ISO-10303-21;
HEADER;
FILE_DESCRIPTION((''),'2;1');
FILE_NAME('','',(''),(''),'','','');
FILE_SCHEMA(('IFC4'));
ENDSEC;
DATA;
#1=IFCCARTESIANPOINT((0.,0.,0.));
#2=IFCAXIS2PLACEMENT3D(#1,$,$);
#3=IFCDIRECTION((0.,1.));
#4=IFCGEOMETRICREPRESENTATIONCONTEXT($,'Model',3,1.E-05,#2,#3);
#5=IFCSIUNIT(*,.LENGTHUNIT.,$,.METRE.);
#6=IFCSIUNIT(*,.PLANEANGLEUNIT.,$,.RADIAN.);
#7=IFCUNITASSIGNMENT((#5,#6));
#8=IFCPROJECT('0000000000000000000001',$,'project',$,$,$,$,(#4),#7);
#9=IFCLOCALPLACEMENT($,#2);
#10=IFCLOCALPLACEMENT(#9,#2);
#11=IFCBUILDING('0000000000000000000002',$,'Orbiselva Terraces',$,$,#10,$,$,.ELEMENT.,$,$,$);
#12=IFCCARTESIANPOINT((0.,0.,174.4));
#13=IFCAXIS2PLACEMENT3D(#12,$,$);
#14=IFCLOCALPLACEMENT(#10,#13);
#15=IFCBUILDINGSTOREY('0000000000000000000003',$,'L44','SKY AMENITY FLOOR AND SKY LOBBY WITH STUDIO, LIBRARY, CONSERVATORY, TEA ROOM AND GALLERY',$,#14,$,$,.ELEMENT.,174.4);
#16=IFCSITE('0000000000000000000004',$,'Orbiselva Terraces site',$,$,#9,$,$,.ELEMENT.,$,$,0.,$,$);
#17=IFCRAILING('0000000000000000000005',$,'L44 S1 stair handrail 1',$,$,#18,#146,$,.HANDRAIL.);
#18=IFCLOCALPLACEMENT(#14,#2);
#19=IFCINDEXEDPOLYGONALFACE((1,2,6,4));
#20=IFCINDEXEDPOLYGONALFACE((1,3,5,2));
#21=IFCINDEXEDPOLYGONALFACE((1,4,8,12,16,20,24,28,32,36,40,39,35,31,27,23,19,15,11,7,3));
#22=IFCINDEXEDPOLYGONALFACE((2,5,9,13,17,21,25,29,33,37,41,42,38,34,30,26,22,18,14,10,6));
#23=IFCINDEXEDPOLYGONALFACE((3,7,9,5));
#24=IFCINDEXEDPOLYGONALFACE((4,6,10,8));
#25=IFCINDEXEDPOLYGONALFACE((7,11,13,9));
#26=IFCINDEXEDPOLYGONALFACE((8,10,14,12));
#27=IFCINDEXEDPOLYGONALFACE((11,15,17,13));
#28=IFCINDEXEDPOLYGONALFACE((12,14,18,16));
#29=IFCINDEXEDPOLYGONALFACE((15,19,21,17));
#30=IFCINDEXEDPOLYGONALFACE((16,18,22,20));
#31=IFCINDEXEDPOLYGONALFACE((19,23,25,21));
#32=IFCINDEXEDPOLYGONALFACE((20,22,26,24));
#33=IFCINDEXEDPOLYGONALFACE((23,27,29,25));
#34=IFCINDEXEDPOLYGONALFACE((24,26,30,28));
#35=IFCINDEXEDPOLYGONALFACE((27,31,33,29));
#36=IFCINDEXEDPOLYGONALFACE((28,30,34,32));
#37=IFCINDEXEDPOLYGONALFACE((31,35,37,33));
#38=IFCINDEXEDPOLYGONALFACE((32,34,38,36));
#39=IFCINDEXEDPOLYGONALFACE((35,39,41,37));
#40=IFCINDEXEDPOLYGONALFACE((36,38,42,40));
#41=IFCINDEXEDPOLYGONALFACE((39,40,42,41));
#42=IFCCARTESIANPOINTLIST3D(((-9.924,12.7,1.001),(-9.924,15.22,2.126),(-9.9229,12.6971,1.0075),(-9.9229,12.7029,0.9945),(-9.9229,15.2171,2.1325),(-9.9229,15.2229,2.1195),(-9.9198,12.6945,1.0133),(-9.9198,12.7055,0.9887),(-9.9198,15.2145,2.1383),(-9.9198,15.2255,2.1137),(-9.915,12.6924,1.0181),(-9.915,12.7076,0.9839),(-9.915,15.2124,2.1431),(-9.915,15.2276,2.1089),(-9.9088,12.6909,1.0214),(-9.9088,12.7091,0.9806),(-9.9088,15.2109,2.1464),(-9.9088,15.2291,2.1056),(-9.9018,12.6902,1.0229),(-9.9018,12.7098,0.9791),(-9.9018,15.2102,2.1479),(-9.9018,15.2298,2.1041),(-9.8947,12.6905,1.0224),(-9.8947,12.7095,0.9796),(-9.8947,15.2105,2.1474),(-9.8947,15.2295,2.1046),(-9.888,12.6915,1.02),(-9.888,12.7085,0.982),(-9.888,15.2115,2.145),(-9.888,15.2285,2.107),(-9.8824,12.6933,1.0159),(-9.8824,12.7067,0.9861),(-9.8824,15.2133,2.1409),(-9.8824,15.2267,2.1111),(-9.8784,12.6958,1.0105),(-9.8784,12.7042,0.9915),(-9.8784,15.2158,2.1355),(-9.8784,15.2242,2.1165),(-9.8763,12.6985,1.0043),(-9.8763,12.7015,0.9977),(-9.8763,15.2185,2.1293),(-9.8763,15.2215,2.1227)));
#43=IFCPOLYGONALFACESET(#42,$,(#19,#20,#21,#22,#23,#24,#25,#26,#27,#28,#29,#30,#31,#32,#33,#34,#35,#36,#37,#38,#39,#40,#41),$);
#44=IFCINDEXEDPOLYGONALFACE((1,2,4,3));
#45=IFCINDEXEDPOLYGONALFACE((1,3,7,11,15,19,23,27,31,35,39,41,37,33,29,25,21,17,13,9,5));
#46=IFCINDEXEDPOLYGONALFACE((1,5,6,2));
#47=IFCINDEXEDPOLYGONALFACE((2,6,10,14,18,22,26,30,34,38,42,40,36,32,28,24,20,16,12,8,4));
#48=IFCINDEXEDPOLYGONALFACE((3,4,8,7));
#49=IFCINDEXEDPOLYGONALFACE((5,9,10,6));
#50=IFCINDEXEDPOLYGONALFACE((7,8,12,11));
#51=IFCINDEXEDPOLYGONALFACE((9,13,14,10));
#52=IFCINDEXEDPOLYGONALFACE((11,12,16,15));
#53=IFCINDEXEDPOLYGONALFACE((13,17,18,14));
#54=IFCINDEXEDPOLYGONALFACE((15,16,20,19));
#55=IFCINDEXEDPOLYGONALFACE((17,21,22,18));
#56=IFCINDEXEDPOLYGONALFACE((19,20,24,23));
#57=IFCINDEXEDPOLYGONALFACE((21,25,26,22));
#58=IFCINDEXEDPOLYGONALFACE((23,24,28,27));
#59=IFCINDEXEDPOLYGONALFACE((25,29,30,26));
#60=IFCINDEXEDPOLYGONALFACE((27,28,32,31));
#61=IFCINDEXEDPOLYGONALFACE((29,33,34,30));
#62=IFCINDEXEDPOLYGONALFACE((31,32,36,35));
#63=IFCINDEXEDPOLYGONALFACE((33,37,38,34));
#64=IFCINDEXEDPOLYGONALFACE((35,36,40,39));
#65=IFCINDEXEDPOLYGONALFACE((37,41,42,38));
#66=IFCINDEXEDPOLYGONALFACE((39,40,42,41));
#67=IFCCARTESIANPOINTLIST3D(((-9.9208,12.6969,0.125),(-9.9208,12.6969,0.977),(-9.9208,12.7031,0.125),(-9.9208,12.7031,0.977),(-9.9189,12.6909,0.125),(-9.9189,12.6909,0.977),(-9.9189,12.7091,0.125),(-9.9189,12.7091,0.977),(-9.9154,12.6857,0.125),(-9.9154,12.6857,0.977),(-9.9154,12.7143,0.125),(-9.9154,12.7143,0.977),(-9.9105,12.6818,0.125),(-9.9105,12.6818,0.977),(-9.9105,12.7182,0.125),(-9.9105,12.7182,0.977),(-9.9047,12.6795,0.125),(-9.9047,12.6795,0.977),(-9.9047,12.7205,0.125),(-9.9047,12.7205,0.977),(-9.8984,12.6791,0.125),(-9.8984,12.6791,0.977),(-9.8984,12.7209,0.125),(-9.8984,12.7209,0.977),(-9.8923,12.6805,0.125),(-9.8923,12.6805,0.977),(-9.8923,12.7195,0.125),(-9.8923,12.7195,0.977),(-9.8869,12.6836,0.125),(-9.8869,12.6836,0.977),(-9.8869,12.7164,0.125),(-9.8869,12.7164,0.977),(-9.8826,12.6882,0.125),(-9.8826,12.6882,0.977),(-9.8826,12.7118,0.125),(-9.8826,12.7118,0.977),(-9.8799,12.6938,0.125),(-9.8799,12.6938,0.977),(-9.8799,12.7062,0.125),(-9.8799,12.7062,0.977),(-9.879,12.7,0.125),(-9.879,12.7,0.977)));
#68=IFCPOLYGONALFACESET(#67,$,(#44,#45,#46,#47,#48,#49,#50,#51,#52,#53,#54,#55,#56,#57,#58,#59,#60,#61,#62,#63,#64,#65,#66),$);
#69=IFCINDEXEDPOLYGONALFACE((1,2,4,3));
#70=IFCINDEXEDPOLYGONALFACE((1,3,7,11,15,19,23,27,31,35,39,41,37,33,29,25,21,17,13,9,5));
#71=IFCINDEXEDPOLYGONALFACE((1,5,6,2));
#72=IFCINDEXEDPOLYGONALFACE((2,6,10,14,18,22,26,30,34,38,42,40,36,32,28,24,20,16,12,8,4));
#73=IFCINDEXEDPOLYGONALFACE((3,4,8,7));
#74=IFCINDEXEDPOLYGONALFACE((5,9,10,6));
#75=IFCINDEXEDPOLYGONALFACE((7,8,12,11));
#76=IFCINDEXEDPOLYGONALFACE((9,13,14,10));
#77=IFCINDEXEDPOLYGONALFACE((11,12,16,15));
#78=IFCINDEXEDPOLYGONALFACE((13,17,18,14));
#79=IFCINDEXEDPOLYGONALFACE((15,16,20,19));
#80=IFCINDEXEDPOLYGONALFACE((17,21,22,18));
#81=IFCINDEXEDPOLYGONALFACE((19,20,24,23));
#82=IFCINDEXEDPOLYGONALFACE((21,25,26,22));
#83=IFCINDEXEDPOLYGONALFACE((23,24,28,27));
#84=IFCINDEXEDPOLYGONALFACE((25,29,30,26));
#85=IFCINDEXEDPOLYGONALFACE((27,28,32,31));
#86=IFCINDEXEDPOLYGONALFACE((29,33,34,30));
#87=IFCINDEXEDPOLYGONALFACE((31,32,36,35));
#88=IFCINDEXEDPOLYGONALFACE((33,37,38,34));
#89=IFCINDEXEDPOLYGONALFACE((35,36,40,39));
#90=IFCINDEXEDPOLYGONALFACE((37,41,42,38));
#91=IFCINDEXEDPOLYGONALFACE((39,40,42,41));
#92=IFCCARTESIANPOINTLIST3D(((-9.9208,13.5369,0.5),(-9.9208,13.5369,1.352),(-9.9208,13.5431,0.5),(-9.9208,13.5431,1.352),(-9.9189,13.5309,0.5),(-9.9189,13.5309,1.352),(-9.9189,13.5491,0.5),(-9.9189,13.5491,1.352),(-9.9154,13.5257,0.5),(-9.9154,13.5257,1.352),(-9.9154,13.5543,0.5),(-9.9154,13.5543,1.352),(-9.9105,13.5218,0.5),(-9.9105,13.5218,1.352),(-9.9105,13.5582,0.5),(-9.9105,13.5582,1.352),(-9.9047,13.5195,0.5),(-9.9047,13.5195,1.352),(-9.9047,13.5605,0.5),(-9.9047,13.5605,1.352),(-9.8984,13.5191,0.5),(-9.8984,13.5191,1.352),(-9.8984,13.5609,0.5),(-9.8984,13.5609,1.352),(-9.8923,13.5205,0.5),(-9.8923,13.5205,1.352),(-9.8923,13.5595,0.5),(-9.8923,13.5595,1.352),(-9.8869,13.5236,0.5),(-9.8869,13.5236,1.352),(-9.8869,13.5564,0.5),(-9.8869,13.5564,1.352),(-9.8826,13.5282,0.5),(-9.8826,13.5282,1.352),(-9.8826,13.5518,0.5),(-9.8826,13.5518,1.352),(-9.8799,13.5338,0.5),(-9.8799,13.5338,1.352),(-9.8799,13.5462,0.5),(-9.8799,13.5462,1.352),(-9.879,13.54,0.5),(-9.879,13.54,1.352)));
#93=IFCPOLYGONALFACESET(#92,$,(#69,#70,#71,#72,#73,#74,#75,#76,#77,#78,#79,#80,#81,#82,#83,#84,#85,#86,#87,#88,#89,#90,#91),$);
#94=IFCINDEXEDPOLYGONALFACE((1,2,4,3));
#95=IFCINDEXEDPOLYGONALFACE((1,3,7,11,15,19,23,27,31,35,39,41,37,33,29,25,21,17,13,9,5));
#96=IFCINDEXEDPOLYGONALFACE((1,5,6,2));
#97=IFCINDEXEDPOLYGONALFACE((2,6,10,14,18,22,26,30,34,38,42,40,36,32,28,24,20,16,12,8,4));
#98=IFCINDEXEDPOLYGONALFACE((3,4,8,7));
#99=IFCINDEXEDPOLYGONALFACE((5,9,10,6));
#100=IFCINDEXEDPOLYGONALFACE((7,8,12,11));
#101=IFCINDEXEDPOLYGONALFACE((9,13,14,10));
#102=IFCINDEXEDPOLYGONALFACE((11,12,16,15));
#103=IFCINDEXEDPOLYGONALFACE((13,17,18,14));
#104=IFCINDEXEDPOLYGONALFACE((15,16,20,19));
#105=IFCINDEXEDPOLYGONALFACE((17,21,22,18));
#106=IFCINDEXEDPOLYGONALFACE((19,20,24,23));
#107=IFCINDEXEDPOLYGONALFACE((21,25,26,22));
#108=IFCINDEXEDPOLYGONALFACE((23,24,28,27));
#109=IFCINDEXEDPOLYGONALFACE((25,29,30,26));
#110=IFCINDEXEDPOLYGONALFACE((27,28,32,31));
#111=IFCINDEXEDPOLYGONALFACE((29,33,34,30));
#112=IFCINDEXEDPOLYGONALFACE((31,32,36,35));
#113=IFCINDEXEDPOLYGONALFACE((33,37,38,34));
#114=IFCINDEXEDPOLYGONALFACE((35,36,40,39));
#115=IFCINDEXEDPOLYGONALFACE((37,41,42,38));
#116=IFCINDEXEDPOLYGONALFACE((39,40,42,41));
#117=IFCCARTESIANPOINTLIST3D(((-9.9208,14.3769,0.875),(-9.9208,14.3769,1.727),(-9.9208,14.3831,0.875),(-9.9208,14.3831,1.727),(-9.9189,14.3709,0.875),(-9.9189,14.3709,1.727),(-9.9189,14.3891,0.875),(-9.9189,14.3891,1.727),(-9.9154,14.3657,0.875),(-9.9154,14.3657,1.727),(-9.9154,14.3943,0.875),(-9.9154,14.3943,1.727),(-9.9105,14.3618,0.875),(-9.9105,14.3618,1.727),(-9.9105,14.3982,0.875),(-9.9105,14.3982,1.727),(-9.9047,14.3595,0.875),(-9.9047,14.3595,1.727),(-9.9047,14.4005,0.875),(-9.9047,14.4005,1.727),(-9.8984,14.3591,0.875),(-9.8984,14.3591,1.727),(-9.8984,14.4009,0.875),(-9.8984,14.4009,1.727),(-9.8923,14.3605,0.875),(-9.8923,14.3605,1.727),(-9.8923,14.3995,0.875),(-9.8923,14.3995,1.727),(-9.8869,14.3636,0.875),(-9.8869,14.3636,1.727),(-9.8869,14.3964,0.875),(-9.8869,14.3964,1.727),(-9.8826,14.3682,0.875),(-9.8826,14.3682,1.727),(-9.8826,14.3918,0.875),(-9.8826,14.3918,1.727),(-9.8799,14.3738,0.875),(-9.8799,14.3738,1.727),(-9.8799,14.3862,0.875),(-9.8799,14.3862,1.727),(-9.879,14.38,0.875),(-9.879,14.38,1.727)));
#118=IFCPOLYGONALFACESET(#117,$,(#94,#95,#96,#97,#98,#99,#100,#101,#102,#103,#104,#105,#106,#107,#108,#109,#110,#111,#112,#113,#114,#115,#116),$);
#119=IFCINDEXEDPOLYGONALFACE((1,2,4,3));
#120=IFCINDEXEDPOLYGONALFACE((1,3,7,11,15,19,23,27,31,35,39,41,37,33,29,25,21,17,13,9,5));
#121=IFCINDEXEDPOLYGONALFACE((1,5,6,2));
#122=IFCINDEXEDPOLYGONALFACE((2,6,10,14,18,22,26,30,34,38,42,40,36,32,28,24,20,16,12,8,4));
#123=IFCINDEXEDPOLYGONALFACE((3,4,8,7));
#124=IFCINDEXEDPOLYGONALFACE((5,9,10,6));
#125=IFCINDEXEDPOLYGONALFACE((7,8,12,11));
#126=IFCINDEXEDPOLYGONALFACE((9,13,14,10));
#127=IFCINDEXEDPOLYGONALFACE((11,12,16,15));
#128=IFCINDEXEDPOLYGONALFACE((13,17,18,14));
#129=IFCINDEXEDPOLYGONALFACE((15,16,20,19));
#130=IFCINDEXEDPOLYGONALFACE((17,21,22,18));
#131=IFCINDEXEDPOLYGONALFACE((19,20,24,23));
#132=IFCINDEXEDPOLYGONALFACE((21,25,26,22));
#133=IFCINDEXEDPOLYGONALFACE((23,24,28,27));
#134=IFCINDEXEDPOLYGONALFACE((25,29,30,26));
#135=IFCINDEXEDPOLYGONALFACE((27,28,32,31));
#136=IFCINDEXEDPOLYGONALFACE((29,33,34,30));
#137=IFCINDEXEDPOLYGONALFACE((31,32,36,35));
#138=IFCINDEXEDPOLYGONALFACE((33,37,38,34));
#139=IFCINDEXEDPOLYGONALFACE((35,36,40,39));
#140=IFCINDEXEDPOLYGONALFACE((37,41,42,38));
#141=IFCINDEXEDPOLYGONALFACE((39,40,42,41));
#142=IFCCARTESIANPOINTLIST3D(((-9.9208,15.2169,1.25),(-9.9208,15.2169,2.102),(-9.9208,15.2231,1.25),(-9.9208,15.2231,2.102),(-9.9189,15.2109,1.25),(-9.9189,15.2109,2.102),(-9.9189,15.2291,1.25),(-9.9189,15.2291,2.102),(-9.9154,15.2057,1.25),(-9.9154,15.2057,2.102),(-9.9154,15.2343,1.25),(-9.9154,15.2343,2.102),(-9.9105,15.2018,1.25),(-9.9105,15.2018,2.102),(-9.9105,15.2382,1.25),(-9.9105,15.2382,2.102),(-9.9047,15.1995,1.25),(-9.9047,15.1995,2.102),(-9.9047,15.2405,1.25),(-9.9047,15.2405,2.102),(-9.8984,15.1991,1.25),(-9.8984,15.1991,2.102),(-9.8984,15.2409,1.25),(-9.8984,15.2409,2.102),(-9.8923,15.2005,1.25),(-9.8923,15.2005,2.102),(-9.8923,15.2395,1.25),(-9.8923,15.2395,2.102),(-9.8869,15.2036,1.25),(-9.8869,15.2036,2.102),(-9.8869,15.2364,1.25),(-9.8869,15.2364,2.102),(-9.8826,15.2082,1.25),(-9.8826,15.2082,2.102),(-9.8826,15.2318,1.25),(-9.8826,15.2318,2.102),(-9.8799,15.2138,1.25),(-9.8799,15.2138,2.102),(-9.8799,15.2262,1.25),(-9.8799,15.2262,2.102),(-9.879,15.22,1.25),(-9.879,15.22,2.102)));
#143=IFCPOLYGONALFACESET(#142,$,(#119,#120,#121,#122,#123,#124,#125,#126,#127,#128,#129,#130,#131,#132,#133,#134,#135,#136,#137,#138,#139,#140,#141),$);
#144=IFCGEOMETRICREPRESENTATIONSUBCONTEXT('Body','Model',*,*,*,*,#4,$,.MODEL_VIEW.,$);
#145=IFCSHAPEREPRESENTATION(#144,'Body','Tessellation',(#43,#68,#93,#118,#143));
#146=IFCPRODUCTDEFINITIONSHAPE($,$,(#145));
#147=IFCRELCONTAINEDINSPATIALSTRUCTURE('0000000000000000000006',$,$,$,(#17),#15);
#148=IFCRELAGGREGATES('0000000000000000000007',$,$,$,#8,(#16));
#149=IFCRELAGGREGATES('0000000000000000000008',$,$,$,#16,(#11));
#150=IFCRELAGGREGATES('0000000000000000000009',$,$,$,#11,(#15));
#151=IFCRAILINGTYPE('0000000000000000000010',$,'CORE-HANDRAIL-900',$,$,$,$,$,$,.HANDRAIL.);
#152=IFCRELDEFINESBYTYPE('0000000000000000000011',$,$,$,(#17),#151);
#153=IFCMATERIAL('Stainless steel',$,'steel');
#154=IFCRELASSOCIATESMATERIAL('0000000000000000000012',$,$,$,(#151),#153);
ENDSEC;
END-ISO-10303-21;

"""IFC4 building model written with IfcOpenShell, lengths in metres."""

from ifc_helpers import new_model, si_unit, direction, frame, origin, origin_2d, place, context, subcontext, project, spatial, circle, extrude, material, type_object, element, save


model = new_model("IFC4")

# Units and contexts
model_context = context("Model", 3, precision=1e-05, world=origin(), true_north=direction((0.0, 1.0)))
body_context = subcontext(model_context, "Body", "Model", "MODEL_VIEW")
ifc_project = project(units=[si_unit("LENGTHUNIT", "METRE"), si_unit("PLANEANGLEUNIT", "RADIAN")], contexts=[model_context])

# Site, building, storey
site_placement = place(None, origin())
site = spatial("IfcSite", under=ifc_project, at=site_placement, Name="Orbiselva Terraces site", CompositionType="ELEMENT", RefElevation=0.0)
building_placement = place(site_placement, origin())
building = spatial("IfcBuilding", under=site, at=building_placement, Name="Orbiselva Terraces", CompositionType="ELEMENT")
storey_placement = place(building_placement, frame((0.0, 0.0, 174.4)))
storey = spatial("IfcBuildingStorey", under=building, at=storey_placement, Name="L44", Description="SKY AMENITY FLOOR AND SKY LOBBY WITH STUDIO, LIBRARY, CONSERVATORY, TEA ROOM AND GALLERY", CompositionType="ELEMENT", Elevation=174.4)

# Railing
ifc_material_1 = material(Name="Stainless steel", Category="steel")
railing_type_1 = type_object("IfcRailingType", Name="CORE-HANDRAIL-900", PredefinedType="HANDRAIL", material=ifc_material_1)
railing_1_placement = place(storey_placement, frame((-9.9, 12.7, 0.125)))
element("IfcRailing", 1, at=railing_1_placement, inside=storey, type_object=railing_type_1, Name="L44 S1 stair handrail 1", PredefinedType="HANDRAIL", context=body_context, shape_type="SweptSolid", body=[
    extrude(circle(Radius=0.024, at=origin_2d()), frame((0.0, 0.0, 0.876), z_axis=(0.0, 0.913138, 0.407651), x_axis=(-1.0, 0.0, 0.0)), (0.0, 0.0, 1.0), 2.7597),
    extrude(circle(Radius=0.021, at=origin_2d()), origin(), (0.0, 0.0, 1.0), 0.852),
    extrude(circle(Radius=0.021, at=origin_2d()), frame((0.0, 0.84, 0.375)), (0.0, 0.0, 1.0), 0.852),
    extrude(circle(Radius=0.021, at=origin_2d()), frame((0.0, 1.68, 0.75)), (0.0, 0.0, 1.0), 0.852),
    extrude(circle(Radius=0.021, at=origin_2d()), frame((0.0, 2.52, 1.125)), (0.0, 0.0, 1.0), 0.852),
])

save(model, "model.ifc")
